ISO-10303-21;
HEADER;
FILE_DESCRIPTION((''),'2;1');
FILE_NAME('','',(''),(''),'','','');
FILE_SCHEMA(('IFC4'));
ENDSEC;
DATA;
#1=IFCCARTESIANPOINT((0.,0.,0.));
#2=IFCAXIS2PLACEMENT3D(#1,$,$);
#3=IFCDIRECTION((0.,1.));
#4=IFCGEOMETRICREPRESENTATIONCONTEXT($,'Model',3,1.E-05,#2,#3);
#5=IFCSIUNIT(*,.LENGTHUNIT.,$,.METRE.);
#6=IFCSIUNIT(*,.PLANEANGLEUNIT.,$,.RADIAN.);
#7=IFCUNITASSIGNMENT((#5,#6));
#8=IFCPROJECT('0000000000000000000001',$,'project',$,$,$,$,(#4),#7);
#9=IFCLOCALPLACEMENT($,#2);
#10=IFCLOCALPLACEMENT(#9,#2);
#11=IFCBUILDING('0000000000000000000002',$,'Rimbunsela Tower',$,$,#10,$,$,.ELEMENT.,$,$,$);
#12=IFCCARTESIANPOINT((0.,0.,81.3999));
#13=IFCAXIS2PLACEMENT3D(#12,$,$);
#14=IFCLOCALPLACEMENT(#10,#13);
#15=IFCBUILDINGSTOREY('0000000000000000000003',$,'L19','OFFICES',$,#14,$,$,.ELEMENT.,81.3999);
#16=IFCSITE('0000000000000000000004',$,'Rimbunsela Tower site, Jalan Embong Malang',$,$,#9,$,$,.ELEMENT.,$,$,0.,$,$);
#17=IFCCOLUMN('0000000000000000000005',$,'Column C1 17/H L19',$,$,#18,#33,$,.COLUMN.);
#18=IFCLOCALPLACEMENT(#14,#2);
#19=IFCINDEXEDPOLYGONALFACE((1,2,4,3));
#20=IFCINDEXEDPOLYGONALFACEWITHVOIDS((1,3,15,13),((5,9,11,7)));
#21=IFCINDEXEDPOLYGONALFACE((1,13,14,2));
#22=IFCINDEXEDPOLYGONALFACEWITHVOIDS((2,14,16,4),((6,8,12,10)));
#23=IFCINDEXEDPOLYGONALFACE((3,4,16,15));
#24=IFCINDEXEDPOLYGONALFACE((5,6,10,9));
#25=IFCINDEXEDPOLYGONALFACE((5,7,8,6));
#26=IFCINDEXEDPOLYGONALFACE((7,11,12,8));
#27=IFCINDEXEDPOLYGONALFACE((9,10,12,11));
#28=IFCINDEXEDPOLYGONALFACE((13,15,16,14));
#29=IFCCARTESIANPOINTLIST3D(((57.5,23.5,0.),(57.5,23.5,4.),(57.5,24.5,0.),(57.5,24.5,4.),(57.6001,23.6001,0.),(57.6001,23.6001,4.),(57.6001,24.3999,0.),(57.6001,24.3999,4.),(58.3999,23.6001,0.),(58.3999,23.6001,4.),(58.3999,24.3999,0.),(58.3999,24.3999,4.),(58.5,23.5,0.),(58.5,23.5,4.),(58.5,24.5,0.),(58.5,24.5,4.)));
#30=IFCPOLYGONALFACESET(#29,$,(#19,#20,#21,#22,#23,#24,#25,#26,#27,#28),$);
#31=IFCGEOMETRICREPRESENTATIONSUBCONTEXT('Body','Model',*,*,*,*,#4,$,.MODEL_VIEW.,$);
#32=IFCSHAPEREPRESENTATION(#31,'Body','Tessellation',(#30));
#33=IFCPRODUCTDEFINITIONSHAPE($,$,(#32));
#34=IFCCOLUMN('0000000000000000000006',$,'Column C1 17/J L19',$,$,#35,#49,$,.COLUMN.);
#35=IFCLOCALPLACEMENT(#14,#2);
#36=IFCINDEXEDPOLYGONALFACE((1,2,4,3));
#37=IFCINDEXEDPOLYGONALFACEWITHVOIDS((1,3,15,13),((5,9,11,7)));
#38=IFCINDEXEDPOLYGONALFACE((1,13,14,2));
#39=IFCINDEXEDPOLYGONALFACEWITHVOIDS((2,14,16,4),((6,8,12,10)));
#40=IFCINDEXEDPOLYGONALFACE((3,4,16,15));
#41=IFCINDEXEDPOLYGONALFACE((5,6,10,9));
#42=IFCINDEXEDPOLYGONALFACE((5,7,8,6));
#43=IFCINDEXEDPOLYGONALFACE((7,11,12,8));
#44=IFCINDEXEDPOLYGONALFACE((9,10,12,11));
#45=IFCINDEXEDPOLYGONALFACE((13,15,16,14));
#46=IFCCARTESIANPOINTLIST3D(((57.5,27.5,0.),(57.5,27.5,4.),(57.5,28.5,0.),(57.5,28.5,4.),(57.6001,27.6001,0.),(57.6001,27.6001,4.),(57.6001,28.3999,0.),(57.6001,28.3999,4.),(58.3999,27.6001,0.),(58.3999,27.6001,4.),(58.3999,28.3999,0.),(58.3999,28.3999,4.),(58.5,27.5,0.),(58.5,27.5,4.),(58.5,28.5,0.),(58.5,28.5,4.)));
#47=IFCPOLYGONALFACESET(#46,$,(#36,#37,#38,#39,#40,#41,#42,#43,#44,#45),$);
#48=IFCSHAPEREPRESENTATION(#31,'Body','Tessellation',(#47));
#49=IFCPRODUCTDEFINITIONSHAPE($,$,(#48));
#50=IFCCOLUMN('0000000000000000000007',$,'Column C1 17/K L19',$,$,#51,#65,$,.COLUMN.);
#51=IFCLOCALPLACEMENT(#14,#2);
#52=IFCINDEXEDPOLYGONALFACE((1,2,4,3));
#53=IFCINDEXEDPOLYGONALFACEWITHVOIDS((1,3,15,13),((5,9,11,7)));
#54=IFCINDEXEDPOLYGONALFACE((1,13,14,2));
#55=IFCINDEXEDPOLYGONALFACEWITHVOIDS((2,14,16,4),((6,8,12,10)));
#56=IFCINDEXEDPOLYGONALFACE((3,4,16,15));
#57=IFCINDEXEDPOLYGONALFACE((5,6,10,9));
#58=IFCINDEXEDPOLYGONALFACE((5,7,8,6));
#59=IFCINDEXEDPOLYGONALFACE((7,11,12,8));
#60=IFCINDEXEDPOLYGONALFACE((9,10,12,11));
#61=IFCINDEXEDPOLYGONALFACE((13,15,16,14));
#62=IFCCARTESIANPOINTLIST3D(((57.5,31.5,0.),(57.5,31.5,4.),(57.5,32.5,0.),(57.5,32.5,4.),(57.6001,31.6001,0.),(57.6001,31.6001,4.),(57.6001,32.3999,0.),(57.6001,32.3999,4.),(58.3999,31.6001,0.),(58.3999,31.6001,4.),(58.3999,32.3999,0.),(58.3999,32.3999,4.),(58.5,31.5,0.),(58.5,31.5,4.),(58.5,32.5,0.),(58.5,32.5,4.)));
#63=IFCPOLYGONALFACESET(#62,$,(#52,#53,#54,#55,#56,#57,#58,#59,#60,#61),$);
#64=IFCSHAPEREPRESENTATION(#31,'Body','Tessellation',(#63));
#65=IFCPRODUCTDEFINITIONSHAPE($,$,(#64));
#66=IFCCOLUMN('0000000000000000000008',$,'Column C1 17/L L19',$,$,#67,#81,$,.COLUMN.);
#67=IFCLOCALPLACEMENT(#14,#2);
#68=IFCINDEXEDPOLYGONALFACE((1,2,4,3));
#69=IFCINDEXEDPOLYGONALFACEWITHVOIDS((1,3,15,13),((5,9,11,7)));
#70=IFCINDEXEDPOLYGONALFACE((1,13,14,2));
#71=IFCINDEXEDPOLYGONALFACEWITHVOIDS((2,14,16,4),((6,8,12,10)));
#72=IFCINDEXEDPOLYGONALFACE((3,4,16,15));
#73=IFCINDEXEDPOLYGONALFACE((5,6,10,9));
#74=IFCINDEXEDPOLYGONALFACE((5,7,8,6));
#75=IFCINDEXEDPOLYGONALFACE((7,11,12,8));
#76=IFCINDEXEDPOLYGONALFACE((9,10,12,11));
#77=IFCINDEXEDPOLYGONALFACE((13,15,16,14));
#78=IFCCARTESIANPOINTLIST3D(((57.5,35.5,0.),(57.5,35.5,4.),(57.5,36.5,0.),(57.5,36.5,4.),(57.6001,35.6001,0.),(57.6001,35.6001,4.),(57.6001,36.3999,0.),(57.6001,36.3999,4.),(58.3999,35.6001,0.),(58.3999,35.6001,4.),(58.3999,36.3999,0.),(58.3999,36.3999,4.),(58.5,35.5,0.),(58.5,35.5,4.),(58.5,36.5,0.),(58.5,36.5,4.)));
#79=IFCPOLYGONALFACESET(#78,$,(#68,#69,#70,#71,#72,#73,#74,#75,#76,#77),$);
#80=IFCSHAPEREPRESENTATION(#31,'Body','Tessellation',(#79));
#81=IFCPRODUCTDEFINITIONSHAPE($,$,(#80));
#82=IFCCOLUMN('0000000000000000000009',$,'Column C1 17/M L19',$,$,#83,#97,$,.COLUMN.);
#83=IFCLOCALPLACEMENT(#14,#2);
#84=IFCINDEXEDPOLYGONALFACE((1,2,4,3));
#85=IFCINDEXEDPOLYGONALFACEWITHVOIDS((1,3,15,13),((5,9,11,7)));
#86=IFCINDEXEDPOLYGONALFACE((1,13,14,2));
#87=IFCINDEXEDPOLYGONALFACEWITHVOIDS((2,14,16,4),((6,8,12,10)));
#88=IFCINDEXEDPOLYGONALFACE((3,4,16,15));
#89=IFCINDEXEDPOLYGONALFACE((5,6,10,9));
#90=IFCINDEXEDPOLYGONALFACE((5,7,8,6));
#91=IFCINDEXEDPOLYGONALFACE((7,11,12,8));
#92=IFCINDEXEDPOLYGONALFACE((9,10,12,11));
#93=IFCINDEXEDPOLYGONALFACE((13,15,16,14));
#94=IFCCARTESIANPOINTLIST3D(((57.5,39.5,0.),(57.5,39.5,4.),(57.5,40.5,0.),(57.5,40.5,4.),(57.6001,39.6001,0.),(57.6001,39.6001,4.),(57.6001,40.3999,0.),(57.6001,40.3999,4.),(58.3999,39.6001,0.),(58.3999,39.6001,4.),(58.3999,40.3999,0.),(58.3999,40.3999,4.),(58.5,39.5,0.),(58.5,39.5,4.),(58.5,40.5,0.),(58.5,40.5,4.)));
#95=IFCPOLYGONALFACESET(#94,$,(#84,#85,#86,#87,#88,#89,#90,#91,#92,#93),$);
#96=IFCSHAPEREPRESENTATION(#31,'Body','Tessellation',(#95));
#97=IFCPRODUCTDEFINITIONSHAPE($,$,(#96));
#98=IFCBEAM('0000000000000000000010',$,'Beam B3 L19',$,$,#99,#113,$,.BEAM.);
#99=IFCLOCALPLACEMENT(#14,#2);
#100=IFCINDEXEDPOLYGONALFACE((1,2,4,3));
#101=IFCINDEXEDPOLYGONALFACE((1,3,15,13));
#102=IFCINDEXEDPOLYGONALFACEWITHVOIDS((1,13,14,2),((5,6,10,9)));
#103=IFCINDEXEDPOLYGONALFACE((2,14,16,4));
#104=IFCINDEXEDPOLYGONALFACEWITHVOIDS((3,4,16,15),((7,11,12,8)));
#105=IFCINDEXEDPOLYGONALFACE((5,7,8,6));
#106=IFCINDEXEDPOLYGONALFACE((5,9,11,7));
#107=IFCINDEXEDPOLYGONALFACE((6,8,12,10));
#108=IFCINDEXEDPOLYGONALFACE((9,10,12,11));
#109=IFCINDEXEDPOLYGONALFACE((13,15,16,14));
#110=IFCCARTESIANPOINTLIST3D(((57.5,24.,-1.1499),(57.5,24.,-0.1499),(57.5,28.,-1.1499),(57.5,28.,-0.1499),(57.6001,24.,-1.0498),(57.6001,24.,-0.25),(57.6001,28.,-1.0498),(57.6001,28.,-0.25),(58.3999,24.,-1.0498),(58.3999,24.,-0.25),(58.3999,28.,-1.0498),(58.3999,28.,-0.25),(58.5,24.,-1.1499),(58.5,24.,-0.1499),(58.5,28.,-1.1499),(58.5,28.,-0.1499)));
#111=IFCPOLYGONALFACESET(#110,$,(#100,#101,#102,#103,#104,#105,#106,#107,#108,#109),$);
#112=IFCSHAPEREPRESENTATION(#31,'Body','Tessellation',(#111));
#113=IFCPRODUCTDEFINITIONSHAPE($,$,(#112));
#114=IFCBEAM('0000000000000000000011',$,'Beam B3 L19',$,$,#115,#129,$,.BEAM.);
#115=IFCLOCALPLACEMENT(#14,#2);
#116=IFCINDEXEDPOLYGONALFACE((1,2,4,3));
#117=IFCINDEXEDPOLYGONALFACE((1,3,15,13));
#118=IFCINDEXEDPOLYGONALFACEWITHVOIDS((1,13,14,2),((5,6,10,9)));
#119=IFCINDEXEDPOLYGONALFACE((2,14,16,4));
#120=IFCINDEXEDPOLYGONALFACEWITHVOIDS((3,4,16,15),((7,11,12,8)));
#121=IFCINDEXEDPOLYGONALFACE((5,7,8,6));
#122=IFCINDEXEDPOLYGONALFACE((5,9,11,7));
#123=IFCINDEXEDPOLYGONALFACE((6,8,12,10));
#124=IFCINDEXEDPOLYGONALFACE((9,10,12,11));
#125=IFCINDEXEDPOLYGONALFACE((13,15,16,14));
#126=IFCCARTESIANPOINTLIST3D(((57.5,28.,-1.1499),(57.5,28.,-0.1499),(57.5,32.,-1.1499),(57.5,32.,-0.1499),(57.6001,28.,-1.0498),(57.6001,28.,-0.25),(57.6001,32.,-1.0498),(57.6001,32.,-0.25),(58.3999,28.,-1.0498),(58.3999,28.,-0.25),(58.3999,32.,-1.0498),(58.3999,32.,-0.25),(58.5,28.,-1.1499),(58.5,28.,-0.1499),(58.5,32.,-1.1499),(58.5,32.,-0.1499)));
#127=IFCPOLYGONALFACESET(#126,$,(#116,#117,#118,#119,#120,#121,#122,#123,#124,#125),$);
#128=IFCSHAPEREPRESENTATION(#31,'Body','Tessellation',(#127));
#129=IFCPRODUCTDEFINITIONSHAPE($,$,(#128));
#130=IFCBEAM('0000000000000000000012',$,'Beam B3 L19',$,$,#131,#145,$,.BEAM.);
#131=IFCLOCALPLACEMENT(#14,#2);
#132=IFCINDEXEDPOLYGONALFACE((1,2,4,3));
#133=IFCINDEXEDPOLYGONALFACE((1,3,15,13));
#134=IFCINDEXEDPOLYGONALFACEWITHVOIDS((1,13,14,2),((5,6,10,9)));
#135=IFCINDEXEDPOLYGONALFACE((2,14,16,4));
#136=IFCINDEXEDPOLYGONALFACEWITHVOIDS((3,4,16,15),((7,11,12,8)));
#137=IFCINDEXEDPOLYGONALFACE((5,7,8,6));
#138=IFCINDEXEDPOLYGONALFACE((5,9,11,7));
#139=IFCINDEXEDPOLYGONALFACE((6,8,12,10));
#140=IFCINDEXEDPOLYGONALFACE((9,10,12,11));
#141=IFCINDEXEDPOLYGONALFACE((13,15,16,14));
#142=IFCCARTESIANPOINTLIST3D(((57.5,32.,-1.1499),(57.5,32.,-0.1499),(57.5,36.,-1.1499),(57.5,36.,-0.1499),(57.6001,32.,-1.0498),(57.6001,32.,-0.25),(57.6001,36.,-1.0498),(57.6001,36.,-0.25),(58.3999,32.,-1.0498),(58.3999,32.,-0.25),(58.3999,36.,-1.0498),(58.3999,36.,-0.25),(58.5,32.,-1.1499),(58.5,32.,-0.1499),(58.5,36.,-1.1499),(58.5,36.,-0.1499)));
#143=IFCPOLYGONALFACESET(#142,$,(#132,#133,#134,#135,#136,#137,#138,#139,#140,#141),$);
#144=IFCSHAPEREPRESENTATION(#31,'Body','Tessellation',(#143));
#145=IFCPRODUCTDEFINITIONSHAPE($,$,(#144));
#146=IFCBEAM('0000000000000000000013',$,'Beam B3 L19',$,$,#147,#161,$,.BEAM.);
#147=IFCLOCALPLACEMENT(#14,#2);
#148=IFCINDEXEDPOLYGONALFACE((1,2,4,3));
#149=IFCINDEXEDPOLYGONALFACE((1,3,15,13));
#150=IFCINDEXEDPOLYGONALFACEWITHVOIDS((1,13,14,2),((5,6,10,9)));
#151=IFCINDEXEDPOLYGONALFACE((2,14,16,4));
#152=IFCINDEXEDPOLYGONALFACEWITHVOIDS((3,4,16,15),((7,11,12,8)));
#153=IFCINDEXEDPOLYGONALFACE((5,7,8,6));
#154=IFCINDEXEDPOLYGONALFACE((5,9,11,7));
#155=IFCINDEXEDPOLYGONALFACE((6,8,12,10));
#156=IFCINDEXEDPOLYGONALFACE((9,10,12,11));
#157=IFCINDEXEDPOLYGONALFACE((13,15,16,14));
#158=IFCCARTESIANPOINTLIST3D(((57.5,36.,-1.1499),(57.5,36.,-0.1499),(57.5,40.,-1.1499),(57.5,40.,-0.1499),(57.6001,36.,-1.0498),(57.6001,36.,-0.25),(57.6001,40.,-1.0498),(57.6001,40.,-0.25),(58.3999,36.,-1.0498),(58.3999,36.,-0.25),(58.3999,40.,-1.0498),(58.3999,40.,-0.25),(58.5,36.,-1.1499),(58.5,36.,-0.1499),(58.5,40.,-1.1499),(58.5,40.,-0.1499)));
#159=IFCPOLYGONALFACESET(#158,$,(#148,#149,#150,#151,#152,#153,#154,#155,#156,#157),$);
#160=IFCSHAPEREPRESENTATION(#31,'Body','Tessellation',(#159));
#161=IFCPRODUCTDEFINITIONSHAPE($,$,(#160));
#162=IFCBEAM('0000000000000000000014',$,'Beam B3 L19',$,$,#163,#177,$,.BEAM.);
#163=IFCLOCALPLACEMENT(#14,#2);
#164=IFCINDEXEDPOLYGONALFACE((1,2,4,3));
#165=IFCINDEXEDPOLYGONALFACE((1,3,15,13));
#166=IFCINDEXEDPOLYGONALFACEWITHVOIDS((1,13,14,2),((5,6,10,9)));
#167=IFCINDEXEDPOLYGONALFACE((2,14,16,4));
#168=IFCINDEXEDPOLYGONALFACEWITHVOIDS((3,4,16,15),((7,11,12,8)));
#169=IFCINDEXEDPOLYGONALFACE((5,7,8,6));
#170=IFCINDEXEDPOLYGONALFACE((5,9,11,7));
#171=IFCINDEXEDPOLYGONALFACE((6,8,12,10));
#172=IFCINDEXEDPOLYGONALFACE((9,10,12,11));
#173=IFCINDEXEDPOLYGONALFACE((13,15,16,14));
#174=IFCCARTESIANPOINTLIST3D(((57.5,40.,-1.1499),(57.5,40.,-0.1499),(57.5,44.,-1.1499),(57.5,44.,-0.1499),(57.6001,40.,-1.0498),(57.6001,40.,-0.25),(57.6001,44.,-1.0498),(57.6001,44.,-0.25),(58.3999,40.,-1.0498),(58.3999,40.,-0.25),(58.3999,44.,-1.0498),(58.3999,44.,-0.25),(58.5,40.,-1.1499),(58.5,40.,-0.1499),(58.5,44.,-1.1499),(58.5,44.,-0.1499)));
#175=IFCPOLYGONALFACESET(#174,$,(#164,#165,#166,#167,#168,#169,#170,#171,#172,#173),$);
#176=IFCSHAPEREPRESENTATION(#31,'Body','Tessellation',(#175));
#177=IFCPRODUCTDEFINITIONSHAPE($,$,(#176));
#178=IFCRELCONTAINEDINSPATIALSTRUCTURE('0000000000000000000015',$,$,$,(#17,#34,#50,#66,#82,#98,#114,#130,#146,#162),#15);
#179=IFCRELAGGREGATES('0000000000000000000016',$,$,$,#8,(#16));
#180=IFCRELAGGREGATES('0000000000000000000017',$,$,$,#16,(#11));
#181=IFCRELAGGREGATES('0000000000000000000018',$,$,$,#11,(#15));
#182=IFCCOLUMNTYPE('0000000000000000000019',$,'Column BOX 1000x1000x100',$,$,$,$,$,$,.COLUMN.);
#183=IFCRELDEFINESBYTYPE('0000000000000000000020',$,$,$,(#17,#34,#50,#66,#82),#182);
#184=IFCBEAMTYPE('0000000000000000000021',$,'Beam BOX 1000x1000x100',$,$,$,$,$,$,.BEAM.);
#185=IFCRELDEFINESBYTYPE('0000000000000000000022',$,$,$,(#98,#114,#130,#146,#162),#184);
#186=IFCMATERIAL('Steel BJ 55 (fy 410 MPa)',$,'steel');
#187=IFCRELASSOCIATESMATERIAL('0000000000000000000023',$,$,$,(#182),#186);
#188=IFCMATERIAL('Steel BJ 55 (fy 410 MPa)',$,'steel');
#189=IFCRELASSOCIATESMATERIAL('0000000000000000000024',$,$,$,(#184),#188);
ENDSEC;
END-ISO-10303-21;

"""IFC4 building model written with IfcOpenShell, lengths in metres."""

from ifc_helpers import new_model, si_unit, direction, frame, origin, origin_2d, place, context, subcontext, project, spatial, hollow_rectangle, extrude, material, material_profile, profile_set, type_object, element, save


model = new_model("IFC4")

# Units and contexts
model_context = context("Model", 3, precision=1e-05, world=origin(), true_north=direction((0.0, 1.0)))
body_context = subcontext(model_context, "Body", "Model", "MODEL_VIEW")
ifc_project = project(units=[si_unit("LENGTHUNIT", "METRE"), si_unit("PLANEANGLEUNIT", "RADIAN")], contexts=[model_context])

# Site, building, storey
site_placement = place(None, origin())
site = spatial("IfcSite", under=ifc_project, at=site_placement, Name="Rimbunsela Tower site, Jalan Embong Malang", CompositionType="ELEMENT", RefElevation=0.0)
building_placement = place(site_placement, origin())
building = spatial("IfcBuilding", under=site, at=building_placement, Name="Rimbunsela Tower", CompositionType="ELEMENT")
storey_placement = place(building_placement, frame((0.0, 0.0, 81.3999)))
storey = spatial("IfcBuildingStorey", under=building, at=storey_placement, Name="L19", Description="OFFICES", CompositionType="ELEMENT", Elevation=81.3999)

# Columns
ifc_material_1 = material(Name="Steel BJ 55 (fy 410 MPa)", Category="steel")
ifc_material_profile_1 = material_profile(ifc_material_1, hollow_rectangle(XDim=1.0, YDim=1.0, WallThickness=0.1001, at=origin_2d()), Name="BOX 1000x1000x100")
ifc_profile_set_1 = profile_set([ifc_material_profile_1], Name="Steel BJ 55 (fy 410 MPa)")
column_type = type_object("IfcColumnType", Name="Column BOX 1000x1000x100", PredefinedType="COLUMN", material=ifc_profile_set_1)
for number, where, z_axis, x_axis, name in (
    (1, (58.0, 24.0, 0.0), (0.0, 0.0, 1.0), (1.0, 0.0, 0.0), "Column C1 17/H L19"),
    (2, (58.0, 28.0, 0.0), (0.0, 0.0, 1.0), (1.0, 0.0, 0.0), "Column C1 17/J L19"),
    (3, (58.0, 32.0, 0.0), (0.0, 0.0, 1.0), (1.0, 0.0, 0.0), "Column C1 17/K L19"),
    (4, (58.0, 36.0, 0.0), (0.0, 0.0, 1.0), (1.0, 0.0, 0.0), "Column C1 17/L L19"),
    (5, (58.0, 40.0, 0.0), (0.0, 0.0, 1.0), (1.0, 0.0, 0.0), "Column C1 17/M L19"),
):
    element("IfcColumn", number, at=place(storey_placement, frame(where, z_axis=z_axis, x_axis=x_axis)), inside=storey, type_object=column_type, Name=name, PredefinedType="COLUMN", context=body_context, shape_type="SweptSolid", body=[
        extrude(hollow_rectangle(XDim=1.0, YDim=1.0, WallThickness=0.1001, at=origin_2d()), origin(), (0.0, 0.0, 1.0), 4.0),
    ])

# Beams
ifc_material_2 = material(Name="Steel BJ 55 (fy 410 MPa)", Category="steel")
ifc_material_profile_2 = material_profile(ifc_material_2, hollow_rectangle(XDim=1.0, YDim=1.0, WallThickness=0.1001, at=origin_2d()), Name="BOX 1000x1000x100")
ifc_profile_set_2 = profile_set([ifc_material_profile_2], Name="Steel BJ 55 (fy 410 MPa)")
beam_type_1 = type_object("IfcBeamType", Name="Beam BOX 1000x1000x100", PredefinedType="BEAM", material=ifc_profile_set_2)
for number, where, z_axis, x_axis, name in (
    (6, (58.0, 24.0, -0.6499), (0.0, 1.0, 0.0), (-1.0, 0.0, 0.0), "Beam B3 L19"),
    (7, (58.0, 28.0, -0.6499), (0.0, 1.0, 0.0), (-1.0, 0.0, 0.0), "Beam B3 L19"),
    (8, (58.0, 32.0, -0.6499), (0.0, 1.0, 0.0), (-1.0, 0.0, 0.0), "Beam B3 L19"),
    (9, (58.0, 36.0, -0.6499), (0.0, 1.0, 0.0), (-1.0, 0.0, 0.0), "Beam B3 L19"),
    (10, (58.0, 40.0, -0.6499), (0.0, 1.0, 0.0), (-1.0, 0.0, 0.0), "Beam B3 L19"),
):
    element("IfcBeam", number, at=place(storey_placement, frame(where, z_axis=z_axis, x_axis=x_axis)), inside=storey, type_object=beam_type_1, Name=name, PredefinedType="BEAM", context=body_context, shape_type="SweptSolid", body=[
        extrude(hollow_rectangle(XDim=1.0, YDim=1.0, WallThickness=0.1001, at=origin_2d()), origin(), (0.0, 0.0, 1.0), 4.0),
    ])

save(model, "model.ifc")
